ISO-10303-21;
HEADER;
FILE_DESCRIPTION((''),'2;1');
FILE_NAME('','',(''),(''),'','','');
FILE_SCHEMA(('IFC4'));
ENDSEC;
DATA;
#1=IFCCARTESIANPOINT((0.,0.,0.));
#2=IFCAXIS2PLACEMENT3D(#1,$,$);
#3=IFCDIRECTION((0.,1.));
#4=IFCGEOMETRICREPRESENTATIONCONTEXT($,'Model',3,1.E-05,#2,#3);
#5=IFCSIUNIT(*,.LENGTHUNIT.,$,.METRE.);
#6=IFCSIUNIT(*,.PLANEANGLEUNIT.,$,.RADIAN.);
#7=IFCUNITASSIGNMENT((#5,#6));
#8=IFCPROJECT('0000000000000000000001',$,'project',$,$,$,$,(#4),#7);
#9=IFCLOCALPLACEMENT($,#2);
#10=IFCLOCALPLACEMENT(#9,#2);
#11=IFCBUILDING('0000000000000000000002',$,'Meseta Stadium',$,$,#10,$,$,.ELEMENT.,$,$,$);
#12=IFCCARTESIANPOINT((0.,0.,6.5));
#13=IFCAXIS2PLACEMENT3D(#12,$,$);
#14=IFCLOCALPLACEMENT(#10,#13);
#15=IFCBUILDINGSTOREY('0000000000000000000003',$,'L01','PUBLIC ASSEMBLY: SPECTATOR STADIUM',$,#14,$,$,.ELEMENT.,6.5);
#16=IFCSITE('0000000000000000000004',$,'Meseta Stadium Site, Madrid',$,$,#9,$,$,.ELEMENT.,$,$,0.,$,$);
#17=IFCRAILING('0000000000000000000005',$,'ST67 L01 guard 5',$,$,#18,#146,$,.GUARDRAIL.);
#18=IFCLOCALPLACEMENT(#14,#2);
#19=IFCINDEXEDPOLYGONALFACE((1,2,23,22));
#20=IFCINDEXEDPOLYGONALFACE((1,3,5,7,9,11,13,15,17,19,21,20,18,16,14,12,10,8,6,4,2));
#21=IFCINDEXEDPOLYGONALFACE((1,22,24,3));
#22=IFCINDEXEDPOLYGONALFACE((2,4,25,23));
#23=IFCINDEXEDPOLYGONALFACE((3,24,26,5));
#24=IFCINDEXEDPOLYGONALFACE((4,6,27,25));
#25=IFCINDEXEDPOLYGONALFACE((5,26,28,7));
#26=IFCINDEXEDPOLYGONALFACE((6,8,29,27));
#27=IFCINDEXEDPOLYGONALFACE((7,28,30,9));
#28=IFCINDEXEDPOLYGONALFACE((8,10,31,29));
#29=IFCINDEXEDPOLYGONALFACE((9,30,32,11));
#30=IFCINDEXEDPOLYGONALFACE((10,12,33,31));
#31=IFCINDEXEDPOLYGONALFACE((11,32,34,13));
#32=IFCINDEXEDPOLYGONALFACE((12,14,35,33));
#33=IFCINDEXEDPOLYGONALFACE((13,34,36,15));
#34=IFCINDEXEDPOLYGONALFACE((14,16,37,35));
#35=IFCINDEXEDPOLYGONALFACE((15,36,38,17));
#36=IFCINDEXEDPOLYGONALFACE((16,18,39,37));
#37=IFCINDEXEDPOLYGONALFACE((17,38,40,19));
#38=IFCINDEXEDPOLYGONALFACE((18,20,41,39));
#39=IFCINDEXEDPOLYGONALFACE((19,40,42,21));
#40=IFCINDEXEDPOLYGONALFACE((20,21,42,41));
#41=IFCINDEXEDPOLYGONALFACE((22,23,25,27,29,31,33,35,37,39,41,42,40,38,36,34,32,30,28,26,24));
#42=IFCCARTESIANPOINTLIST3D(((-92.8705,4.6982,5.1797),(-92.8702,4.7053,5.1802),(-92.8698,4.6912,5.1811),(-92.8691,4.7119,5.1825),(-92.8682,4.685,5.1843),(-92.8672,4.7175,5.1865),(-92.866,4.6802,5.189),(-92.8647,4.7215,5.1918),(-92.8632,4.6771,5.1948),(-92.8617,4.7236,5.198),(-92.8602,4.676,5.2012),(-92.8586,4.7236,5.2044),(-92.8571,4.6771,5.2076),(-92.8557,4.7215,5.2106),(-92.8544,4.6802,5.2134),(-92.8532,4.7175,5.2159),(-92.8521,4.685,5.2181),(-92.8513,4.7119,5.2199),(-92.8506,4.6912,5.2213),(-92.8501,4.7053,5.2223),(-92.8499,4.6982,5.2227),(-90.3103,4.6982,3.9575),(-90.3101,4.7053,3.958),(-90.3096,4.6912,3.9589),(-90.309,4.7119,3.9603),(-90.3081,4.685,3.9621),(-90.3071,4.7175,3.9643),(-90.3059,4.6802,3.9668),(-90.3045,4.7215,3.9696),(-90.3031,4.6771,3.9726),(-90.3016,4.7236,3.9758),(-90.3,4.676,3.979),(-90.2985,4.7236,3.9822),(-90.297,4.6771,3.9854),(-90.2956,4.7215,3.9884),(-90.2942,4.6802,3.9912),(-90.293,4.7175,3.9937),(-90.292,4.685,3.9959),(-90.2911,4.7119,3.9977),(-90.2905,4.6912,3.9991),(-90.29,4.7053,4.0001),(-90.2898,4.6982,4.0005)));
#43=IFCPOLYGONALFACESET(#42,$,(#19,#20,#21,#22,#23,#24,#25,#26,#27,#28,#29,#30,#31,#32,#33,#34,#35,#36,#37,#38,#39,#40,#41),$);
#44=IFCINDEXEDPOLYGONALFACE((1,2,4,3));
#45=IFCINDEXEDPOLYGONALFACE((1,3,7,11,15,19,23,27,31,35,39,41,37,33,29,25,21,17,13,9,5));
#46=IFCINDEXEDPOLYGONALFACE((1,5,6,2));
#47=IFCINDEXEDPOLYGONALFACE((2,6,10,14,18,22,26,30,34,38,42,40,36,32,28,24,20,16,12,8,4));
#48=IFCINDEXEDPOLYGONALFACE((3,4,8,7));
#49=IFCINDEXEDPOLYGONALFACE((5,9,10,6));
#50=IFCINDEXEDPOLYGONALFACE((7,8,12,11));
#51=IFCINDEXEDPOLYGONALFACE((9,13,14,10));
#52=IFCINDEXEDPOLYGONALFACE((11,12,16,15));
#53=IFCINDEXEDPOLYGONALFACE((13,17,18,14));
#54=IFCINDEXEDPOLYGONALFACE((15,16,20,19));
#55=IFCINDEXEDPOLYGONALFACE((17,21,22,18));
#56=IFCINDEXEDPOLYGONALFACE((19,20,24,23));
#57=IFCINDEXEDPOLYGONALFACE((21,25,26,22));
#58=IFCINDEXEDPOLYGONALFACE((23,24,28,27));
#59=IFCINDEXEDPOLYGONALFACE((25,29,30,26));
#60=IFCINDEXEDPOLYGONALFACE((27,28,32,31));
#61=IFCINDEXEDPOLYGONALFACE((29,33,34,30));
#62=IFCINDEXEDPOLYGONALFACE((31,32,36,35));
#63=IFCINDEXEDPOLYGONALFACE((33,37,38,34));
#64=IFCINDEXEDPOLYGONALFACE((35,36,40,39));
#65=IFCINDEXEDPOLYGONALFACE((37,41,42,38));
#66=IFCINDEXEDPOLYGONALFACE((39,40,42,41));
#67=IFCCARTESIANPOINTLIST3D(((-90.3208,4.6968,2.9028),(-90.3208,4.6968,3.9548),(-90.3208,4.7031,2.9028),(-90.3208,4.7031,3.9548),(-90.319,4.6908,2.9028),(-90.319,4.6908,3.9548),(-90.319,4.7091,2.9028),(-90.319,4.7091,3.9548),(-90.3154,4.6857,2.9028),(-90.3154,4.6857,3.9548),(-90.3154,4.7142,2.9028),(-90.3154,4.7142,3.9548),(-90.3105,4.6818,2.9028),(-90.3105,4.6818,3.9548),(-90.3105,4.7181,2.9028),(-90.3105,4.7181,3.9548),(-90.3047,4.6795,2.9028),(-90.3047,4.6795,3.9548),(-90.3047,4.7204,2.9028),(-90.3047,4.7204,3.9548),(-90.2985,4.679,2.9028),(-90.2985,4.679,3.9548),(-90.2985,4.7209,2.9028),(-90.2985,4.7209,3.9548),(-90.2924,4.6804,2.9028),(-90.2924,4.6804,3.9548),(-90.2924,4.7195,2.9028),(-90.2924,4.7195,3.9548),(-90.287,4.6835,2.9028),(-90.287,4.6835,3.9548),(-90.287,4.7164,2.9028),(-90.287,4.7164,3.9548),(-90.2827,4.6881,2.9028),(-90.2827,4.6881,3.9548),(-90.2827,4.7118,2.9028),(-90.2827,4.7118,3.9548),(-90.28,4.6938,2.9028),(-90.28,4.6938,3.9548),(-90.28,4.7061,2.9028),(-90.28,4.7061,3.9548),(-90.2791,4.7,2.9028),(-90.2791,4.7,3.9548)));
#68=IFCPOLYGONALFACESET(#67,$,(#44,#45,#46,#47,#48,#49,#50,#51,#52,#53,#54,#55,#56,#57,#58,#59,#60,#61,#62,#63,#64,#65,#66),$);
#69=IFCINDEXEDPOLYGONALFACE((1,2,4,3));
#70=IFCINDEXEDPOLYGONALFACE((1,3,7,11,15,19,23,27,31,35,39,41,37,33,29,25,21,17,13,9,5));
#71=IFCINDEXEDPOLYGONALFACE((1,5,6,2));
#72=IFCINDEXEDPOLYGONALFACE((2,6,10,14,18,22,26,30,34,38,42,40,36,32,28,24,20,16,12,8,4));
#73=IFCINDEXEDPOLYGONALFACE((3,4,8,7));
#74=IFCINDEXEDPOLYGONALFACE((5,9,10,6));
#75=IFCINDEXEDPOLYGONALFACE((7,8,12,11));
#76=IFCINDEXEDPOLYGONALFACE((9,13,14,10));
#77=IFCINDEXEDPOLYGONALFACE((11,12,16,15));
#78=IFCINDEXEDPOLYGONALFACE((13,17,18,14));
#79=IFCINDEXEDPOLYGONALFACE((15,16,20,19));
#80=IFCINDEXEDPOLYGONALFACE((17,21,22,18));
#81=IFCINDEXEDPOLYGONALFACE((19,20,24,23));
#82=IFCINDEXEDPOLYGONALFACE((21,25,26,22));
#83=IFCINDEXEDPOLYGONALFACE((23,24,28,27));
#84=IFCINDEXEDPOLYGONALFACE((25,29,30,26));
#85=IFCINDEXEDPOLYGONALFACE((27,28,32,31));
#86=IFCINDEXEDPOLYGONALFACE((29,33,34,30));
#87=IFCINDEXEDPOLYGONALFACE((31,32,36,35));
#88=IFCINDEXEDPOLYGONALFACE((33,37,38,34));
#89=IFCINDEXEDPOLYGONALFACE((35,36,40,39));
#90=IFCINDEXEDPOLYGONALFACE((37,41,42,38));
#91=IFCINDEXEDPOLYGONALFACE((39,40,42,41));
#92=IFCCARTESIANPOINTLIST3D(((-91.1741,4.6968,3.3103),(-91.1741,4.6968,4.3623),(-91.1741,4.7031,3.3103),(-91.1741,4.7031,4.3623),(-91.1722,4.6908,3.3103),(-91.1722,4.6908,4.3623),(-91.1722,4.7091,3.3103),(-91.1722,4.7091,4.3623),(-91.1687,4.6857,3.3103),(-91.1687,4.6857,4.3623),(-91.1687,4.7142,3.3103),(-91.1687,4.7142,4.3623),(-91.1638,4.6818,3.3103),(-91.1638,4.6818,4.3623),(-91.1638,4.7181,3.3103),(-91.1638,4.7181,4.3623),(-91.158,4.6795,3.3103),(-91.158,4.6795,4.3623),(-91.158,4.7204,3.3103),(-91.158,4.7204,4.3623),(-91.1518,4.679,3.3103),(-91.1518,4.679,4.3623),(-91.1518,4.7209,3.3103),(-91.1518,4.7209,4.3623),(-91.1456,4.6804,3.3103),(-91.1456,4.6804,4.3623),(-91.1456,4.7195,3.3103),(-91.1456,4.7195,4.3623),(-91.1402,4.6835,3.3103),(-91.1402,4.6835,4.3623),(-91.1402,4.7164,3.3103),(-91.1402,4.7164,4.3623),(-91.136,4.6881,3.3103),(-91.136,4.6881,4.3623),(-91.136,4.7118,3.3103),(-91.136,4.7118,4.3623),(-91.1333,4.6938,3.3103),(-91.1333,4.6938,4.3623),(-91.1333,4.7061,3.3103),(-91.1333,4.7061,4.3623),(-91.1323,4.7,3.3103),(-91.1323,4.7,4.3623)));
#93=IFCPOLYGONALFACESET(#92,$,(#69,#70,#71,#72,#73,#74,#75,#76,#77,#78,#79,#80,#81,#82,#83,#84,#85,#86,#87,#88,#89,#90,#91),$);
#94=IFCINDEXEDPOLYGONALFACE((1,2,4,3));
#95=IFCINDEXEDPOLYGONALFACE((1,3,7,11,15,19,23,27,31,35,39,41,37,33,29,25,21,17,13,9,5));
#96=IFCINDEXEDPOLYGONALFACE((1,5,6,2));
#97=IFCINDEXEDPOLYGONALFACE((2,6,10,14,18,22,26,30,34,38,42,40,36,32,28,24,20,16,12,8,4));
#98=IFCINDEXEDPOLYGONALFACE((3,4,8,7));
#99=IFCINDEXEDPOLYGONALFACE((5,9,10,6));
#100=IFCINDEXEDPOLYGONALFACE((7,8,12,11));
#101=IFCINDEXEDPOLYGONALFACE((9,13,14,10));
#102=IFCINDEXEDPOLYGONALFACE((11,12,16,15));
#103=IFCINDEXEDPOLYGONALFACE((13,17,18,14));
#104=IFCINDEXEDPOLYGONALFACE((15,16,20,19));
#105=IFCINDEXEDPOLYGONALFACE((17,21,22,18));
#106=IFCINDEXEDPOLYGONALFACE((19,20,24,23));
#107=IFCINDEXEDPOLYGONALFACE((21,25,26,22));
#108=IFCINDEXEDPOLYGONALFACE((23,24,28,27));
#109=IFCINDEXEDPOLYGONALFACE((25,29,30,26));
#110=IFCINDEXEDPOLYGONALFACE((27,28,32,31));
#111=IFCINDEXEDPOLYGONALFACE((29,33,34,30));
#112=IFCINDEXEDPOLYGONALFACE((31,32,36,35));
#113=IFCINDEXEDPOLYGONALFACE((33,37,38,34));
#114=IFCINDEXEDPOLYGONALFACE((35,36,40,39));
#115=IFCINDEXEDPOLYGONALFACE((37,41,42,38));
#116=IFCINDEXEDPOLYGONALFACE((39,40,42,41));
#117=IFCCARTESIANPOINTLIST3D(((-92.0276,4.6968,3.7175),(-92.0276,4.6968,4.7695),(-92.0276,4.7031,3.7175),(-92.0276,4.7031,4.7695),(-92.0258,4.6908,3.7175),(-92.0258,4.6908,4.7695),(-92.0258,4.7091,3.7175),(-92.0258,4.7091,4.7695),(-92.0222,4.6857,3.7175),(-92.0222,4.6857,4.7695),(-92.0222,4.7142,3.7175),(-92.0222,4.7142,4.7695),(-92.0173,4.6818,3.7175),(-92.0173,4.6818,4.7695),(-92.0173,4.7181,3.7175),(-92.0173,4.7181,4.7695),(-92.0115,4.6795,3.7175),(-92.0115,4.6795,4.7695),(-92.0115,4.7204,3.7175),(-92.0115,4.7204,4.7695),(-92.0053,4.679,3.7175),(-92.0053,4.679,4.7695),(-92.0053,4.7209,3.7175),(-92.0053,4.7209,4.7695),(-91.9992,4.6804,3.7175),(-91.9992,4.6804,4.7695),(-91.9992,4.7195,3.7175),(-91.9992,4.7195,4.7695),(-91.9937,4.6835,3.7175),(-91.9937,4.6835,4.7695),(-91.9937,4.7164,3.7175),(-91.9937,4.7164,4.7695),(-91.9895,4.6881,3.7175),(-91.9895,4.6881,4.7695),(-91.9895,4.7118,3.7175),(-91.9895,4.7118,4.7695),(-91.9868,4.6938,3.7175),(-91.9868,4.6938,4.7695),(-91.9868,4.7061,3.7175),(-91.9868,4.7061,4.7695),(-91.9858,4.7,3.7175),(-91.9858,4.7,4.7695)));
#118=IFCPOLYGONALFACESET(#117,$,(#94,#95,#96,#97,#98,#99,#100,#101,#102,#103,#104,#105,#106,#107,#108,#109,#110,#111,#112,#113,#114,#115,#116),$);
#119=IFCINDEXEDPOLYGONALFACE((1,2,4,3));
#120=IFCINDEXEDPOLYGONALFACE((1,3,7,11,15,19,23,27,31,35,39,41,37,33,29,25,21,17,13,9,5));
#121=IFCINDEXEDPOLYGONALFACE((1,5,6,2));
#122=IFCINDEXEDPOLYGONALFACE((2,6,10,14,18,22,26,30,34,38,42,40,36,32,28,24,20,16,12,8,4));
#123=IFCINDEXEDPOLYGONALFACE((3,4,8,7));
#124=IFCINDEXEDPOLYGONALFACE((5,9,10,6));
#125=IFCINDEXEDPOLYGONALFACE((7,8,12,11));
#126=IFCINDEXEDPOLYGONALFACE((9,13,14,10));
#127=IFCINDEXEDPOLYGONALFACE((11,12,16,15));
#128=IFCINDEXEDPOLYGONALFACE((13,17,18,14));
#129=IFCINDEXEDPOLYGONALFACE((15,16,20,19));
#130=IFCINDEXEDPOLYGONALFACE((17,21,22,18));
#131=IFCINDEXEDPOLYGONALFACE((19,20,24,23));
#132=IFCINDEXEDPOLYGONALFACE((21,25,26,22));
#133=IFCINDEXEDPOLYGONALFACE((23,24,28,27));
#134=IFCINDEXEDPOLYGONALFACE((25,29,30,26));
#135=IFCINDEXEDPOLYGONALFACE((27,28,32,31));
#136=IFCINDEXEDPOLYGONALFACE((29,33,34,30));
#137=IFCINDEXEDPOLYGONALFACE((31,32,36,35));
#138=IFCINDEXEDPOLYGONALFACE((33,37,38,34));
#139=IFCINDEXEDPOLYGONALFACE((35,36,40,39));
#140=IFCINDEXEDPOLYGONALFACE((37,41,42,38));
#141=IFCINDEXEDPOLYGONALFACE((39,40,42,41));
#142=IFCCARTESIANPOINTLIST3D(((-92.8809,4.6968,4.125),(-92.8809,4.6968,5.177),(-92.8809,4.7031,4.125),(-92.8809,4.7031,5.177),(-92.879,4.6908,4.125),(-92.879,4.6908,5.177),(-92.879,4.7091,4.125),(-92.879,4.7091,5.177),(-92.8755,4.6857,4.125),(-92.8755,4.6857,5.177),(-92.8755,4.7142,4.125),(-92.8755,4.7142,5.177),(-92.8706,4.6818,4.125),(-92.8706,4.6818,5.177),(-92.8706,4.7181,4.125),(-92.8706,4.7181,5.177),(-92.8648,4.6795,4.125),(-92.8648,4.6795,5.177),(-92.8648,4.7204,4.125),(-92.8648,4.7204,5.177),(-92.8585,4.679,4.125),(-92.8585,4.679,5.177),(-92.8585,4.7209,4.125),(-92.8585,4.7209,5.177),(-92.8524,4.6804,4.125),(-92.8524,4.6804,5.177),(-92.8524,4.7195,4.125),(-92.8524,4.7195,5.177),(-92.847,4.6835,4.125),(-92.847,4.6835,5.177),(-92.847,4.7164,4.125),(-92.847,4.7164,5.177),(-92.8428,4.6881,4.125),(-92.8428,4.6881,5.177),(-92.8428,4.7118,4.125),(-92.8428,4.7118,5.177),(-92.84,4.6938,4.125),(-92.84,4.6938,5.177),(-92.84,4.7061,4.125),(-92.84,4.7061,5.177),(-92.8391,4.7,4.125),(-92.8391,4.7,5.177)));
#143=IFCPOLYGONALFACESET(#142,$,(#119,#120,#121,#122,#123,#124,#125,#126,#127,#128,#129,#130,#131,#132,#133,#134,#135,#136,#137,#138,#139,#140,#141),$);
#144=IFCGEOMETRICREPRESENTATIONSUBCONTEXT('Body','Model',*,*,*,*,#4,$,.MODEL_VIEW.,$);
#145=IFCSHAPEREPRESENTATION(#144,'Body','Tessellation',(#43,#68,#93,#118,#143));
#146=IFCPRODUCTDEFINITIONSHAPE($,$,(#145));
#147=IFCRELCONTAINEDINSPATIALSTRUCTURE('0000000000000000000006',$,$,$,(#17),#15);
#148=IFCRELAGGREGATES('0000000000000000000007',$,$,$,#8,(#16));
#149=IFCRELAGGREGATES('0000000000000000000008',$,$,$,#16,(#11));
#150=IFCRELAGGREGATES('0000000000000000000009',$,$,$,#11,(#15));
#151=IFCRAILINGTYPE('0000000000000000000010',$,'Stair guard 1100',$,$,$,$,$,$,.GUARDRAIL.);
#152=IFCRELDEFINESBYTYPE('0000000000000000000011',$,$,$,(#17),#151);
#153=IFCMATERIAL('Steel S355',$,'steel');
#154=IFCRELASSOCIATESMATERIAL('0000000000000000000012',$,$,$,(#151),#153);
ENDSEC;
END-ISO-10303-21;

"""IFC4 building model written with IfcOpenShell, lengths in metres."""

from ifc_helpers import new_model, si_unit, direction, frame, origin, origin_2d, place, context, subcontext, project, spatial, circle, extrude, material, type_object, element, save


model = new_model("IFC4")

# Units and contexts
model_context = context("Model", 3, precision=1e-05, world=origin(), true_north=direction((0.0, 1.0)))
body_context = subcontext(model_context, "Body", "Model", "MODEL_VIEW")
ifc_project = project(units=[si_unit("LENGTHUNIT", "METRE"), si_unit("PLANEANGLEUNIT", "RADIAN")], contexts=[model_context])

# Site, building, storey
site_placement = place(None, origin())
site = spatial("IfcSite", under=ifc_project, at=site_placement, Name="Meseta Stadium Site, Madrid", CompositionType="ELEMENT", RefElevation=0.0)
building_placement = place(site_placement, origin())
building = spatial("IfcBuilding", under=site, at=building_placement, Name="Meseta Stadium", CompositionType="ELEMENT")
storey_placement = place(building_placement, frame((0.0, 0.0, 6.5)))
storey = spatial("IfcBuildingStorey", under=building, at=storey_placement, Name="L01", Description="PUBLIC ASSEMBLY: SPECTATOR STADIUM", CompositionType="ELEMENT", Elevation=6.5)

# Railing
ifc_material_1 = material(Name="Steel S355", Category="steel")
railing_type_1 = type_object("IfcRailingType", Name="Stair guard 1100", PredefinedType="GUARDRAIL", material=ifc_material_1)
railing_1_placement = place(storey_placement, frame((-90.3, 4.7, 2.9028)))
element("IfcRailing", 1, at=railing_1_placement, inside=storey, type_object=railing_type_1, Name="ST67 L01 guard 5", PredefinedType="GUARDRAIL", context=body_context, shape_type="SweptSolid", body=[
    extrude(circle(Radius=0.0239, at=origin_2d()), frame((0.0, 0.0, 1.0762), z_axis=(-0.902437, 0.0, 0.430822), x_axis=(0.0, -1.0, 0.0)), (0.0, 0.0, 1.0), 2.8369),
    extrude(circle(Radius=0.021, at=origin_2d()), origin(), (0.0, 0.0, 1.0), 1.052),
    extrude(circle(Radius=0.021, at=origin_2d()), frame((-0.8533, 0.0, 0.4075)), (0.0, 0.0, 1.0), 1.052),
    extrude(circle(Radius=0.021, at=origin_2d()), frame((-1.7068, 0.0, 0.8147)), (0.0, 0.0, 1.0), 1.052),
    extrude(circle(Radius=0.021, at=origin_2d()), frame((-2.5601, 0.0, 1.2222)), (0.0, 0.0, 1.0), 1.052),
])

save(model, "model.ifc")
